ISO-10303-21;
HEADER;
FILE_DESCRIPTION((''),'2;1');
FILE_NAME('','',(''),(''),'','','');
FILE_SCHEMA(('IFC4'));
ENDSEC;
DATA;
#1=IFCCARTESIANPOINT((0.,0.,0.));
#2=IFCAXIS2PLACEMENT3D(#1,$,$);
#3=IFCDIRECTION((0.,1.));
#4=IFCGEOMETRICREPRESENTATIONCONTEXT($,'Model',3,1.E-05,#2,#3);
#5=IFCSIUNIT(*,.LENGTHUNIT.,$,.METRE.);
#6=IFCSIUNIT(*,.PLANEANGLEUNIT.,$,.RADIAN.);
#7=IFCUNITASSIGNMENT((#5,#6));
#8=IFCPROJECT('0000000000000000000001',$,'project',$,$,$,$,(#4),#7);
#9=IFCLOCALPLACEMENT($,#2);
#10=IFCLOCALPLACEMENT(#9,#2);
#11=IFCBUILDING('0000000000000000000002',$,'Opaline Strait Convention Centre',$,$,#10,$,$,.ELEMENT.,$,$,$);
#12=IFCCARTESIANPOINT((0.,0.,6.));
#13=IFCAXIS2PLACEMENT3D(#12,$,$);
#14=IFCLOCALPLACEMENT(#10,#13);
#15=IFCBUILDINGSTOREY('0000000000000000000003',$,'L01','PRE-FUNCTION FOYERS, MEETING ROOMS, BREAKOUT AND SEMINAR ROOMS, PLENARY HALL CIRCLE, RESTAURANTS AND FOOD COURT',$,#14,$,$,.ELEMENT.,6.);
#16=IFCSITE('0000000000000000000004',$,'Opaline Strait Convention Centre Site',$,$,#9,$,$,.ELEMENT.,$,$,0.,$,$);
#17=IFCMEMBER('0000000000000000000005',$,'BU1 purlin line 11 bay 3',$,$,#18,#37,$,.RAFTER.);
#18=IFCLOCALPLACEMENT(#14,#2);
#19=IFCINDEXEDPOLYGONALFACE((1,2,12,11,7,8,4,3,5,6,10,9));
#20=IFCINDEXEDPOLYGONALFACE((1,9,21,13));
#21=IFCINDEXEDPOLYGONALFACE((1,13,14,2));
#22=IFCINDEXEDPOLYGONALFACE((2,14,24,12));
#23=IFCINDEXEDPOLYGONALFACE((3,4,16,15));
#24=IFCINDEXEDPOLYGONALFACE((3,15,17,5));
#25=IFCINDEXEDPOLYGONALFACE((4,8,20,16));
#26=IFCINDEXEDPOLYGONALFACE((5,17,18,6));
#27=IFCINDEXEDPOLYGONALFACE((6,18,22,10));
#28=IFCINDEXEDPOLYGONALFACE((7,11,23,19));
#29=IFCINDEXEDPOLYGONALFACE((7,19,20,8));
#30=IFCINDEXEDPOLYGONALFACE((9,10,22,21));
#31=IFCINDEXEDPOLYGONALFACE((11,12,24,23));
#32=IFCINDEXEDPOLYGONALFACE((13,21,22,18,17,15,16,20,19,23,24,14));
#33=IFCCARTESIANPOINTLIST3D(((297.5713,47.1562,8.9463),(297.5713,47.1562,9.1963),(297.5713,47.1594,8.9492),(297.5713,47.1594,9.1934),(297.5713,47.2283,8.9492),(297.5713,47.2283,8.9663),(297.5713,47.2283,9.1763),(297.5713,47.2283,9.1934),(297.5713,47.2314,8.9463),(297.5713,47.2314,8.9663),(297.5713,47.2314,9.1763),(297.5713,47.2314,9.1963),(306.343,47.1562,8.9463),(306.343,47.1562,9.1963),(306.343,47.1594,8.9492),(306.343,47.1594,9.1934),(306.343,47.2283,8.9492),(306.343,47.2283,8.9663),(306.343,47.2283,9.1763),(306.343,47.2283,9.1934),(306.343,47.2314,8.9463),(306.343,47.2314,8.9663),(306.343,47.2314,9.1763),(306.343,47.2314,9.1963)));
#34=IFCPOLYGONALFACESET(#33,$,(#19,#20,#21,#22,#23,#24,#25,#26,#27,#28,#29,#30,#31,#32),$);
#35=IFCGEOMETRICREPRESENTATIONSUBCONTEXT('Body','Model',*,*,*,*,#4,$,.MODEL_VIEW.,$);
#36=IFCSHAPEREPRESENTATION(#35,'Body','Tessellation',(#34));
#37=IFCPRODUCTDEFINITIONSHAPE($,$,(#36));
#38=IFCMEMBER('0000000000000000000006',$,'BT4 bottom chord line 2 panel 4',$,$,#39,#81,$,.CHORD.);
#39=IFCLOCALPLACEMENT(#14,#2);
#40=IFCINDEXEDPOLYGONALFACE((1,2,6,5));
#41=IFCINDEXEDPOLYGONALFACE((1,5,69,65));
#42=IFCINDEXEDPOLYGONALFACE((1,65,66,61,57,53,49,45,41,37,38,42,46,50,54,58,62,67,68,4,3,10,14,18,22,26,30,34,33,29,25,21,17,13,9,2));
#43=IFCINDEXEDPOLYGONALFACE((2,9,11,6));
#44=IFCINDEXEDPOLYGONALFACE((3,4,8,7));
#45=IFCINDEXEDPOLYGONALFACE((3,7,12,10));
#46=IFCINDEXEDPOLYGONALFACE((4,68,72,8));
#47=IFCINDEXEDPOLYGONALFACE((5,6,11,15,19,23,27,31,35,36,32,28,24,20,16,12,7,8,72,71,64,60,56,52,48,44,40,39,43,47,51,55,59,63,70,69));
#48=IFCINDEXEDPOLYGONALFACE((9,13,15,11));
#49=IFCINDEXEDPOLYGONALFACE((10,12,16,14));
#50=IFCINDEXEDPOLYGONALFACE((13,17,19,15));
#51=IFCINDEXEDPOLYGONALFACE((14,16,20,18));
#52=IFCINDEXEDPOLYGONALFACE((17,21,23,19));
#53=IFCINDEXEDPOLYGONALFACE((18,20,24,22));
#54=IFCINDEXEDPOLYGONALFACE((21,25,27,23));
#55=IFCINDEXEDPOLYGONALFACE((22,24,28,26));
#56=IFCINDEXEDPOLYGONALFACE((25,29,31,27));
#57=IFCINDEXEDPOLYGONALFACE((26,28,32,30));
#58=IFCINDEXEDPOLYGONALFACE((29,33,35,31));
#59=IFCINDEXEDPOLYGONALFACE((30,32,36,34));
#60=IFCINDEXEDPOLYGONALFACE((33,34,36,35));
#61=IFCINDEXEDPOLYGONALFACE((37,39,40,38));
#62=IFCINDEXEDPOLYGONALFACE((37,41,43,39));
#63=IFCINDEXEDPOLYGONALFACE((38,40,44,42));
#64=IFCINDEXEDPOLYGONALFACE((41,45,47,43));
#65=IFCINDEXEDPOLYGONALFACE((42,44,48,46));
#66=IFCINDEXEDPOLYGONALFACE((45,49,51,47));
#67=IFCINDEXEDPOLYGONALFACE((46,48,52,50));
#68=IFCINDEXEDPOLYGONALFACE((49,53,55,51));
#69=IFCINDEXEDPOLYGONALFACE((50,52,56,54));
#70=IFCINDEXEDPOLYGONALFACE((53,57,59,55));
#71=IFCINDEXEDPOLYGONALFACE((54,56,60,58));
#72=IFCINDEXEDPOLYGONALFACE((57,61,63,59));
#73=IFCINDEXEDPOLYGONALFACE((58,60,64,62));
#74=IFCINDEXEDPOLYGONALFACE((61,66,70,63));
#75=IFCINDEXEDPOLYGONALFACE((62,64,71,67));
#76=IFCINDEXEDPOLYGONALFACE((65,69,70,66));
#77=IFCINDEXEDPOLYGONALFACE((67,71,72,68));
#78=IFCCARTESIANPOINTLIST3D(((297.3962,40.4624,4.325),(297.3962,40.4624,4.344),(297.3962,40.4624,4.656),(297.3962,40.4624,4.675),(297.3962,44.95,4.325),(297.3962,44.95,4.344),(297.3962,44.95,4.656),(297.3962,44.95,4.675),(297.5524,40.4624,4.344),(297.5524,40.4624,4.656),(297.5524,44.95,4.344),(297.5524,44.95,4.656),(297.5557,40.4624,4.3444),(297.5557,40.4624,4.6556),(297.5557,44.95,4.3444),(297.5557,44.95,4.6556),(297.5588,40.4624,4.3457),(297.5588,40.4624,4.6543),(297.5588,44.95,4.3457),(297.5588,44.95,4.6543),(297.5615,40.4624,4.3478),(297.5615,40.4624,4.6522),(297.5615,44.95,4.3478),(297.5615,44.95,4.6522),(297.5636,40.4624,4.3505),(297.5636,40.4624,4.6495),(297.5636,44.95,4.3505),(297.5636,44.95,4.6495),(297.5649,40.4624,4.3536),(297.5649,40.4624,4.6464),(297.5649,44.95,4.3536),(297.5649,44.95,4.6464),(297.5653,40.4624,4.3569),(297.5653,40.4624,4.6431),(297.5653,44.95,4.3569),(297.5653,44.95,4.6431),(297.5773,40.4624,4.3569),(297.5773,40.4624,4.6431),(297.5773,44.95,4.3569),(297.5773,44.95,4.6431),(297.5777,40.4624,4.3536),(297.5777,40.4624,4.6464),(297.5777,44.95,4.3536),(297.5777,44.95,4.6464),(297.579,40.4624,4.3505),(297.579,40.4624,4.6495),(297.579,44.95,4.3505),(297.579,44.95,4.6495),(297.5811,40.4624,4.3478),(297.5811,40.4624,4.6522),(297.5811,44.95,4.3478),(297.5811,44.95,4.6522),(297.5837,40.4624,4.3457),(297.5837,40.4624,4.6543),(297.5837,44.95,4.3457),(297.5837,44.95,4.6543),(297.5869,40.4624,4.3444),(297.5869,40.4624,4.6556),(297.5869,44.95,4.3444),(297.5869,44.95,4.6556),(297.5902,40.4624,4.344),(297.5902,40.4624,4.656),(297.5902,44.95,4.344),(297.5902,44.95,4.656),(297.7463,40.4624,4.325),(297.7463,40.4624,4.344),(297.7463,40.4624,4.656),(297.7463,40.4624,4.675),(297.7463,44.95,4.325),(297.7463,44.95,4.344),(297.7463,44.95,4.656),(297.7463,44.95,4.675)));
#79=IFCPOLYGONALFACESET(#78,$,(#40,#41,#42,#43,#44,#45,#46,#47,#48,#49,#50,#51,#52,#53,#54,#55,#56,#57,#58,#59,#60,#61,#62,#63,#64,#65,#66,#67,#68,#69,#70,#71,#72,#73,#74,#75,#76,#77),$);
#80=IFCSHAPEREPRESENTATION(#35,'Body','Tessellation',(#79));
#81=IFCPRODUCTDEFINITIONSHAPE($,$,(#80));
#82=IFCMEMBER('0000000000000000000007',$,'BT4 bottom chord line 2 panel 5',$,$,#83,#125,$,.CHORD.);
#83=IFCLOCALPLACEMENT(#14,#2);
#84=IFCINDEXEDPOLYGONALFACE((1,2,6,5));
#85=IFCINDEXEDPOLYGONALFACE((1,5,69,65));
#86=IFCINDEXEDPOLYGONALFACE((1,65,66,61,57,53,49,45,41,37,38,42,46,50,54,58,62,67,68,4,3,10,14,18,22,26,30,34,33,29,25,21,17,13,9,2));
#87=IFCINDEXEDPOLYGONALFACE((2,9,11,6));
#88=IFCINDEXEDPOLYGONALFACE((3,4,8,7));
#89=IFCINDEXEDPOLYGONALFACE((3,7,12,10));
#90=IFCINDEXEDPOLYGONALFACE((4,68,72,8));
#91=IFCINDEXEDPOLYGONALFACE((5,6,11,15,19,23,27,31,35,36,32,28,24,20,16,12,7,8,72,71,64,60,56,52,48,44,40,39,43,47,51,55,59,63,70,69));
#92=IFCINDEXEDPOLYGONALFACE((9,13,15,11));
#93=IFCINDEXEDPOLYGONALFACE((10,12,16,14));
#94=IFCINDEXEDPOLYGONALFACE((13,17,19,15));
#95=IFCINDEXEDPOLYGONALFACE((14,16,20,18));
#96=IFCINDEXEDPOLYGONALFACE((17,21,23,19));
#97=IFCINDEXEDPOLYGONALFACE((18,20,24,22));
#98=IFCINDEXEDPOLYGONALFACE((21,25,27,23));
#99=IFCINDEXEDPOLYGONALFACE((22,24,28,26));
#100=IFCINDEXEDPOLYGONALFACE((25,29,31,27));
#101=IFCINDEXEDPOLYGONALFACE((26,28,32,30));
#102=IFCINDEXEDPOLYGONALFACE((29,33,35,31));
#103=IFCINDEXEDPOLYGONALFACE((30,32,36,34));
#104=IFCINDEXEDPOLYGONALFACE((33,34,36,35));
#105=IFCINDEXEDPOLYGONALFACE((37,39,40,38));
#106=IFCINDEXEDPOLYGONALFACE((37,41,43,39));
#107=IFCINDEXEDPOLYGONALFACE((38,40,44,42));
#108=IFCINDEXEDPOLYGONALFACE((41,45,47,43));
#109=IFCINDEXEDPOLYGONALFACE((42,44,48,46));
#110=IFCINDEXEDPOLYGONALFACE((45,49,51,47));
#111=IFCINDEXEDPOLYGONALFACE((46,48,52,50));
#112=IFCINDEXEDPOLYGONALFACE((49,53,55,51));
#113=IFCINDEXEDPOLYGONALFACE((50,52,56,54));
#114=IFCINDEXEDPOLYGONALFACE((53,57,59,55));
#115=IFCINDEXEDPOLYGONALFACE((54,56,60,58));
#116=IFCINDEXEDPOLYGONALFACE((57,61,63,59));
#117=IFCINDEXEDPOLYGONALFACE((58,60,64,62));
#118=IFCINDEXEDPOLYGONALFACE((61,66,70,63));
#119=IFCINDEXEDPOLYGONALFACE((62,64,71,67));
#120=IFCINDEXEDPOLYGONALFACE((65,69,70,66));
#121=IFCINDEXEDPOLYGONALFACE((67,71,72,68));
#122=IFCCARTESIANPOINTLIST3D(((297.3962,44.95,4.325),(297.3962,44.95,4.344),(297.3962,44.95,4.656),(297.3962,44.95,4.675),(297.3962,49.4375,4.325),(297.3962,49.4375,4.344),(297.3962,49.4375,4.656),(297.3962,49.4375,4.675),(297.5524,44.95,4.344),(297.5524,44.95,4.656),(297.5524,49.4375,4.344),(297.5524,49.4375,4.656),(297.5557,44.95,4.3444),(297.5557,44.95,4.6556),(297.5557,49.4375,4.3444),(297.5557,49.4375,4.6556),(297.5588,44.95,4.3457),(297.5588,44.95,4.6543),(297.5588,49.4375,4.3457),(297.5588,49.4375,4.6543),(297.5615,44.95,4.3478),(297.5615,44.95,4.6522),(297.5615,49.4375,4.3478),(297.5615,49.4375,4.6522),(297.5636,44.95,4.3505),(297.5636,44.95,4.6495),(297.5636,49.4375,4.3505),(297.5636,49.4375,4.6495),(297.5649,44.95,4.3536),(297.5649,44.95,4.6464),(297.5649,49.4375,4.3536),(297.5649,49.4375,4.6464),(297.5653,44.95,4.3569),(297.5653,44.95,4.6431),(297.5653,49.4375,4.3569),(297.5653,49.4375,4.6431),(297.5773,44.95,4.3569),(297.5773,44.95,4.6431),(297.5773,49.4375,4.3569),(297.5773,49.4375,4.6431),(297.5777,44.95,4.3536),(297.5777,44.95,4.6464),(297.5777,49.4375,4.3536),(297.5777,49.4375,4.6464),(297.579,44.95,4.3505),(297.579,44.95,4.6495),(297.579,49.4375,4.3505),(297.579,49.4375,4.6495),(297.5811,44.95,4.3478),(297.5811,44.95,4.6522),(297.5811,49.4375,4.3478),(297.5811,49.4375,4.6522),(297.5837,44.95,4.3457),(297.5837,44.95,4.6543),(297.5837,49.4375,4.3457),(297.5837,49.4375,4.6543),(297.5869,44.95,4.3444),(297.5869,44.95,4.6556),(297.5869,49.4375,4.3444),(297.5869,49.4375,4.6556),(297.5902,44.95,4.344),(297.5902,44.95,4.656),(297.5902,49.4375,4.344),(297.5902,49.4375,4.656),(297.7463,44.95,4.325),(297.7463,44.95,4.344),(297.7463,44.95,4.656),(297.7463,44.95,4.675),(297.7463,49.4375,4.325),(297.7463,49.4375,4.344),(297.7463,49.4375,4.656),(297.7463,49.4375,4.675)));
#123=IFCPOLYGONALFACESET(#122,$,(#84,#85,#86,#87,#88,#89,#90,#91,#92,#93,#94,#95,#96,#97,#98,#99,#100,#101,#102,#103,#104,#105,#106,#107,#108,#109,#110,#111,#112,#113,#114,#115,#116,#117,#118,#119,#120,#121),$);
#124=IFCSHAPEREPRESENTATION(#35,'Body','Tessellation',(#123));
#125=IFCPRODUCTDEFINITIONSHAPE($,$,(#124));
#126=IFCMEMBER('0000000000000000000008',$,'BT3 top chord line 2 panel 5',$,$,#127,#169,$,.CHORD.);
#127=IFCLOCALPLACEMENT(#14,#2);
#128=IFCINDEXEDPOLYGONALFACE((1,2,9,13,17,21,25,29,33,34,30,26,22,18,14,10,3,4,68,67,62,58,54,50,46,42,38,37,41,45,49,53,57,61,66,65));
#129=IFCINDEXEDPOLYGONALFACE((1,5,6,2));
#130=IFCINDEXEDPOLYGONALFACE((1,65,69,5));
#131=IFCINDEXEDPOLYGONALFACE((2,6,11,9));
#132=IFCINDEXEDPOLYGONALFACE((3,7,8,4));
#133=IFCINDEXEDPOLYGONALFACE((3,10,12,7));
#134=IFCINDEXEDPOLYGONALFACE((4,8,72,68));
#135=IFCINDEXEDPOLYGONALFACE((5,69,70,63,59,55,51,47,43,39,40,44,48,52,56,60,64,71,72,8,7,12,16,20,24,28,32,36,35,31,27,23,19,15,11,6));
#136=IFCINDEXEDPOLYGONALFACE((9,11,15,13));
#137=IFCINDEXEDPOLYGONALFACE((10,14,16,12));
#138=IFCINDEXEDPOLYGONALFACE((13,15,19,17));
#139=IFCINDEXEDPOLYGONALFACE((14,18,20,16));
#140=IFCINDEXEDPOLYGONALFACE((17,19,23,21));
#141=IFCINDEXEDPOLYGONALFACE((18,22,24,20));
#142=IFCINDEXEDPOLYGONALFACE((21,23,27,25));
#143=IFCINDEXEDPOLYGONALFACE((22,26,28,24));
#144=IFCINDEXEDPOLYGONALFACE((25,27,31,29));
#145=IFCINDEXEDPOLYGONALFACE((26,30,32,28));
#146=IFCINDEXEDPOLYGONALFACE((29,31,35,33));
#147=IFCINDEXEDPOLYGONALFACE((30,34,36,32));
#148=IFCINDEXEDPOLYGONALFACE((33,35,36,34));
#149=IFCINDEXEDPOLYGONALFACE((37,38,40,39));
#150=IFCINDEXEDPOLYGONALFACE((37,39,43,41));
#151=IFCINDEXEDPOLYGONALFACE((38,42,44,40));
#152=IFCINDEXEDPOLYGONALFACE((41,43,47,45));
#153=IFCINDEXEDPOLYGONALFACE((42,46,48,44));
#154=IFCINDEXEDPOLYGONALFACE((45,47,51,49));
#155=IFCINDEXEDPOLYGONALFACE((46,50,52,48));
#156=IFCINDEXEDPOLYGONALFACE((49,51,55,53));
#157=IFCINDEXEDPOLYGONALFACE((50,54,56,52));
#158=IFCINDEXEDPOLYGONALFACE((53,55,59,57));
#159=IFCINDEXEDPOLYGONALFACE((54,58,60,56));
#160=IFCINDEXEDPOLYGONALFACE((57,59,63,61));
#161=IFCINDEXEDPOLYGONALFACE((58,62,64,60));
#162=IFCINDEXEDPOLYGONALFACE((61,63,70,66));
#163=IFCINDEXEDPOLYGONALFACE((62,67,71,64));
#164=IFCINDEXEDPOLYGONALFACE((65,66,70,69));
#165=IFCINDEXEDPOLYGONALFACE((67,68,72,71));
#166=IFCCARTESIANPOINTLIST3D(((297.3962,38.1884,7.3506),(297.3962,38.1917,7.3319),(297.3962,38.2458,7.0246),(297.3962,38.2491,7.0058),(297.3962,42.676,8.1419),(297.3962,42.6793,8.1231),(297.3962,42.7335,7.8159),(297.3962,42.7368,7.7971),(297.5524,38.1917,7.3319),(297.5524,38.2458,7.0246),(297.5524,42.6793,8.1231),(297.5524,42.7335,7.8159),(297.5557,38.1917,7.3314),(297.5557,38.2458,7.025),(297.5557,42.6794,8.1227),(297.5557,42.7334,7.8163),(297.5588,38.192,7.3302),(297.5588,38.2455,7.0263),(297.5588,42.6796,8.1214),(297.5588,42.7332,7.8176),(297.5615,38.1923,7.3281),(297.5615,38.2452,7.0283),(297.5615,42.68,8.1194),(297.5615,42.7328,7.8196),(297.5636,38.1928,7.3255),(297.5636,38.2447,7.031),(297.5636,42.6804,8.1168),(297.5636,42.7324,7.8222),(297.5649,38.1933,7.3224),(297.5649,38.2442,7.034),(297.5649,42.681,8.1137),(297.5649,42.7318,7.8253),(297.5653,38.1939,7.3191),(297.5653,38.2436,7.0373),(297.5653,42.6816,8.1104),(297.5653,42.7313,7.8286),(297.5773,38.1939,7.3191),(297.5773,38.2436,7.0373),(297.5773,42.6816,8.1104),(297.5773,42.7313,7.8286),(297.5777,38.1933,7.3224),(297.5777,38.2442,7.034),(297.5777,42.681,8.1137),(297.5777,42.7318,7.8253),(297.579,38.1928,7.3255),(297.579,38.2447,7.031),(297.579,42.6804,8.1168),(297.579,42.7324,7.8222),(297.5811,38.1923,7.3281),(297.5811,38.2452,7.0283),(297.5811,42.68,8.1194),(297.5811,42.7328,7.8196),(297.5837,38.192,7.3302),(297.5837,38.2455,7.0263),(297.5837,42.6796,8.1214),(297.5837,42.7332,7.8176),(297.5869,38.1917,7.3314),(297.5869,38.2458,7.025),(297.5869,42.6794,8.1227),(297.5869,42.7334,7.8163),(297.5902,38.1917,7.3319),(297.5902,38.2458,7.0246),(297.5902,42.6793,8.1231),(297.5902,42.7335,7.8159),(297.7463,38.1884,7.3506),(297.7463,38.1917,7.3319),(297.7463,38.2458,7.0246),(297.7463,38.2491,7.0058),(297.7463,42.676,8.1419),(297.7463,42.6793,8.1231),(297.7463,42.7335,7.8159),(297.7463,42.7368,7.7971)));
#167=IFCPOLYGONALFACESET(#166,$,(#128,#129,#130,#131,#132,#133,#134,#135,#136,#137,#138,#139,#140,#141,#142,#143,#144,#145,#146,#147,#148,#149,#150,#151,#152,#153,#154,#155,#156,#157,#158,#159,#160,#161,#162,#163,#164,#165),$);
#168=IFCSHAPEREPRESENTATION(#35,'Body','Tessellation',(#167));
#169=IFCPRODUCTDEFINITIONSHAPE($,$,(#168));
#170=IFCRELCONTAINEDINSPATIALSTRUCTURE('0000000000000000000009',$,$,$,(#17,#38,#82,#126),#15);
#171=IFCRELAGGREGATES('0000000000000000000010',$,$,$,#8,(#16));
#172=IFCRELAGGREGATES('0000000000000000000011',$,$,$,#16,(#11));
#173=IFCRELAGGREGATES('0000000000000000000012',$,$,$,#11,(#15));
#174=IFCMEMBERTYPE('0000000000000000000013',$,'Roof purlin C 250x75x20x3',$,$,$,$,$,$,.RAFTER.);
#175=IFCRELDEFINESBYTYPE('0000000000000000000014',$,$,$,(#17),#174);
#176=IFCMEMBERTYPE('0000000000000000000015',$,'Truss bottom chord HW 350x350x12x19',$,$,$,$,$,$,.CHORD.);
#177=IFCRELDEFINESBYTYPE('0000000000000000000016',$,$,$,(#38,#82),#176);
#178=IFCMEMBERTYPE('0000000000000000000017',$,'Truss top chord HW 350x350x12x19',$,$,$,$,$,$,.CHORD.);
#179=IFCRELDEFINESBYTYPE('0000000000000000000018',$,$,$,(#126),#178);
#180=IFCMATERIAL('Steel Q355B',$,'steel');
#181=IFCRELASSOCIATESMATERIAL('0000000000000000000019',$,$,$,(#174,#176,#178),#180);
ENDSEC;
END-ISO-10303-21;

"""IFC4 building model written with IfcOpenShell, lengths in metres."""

from ifc_helpers import new_model, si_unit, direction, frame, origin, origin_2d, place, context, subcontext, project, spatial, polyline, i_section, outline, extrude, material, material_profile, profile_set, type_object, element, save


model = new_model("IFC4")

# Units and contexts
model_context = context("Model", 3, precision=1e-05, world=origin(), true_north=direction((0.0, 1.0)))
body_context = subcontext(model_context, "Body", "Model", "MODEL_VIEW")
ifc_project = project(units=[si_unit("LENGTHUNIT", "METRE"), si_unit("PLANEANGLEUNIT", "RADIAN")], contexts=[model_context])

# Site, building, storey
site_placement = place(None, origin())
site = spatial("IfcSite", under=ifc_project, at=site_placement, Name="Opaline Strait Convention Centre Site", CompositionType="ELEMENT", RefElevation=0.0)
building_placement = place(site_placement, origin())
building = spatial("IfcBuilding", under=site, at=building_placement, Name="Opaline Strait Convention Centre", CompositionType="ELEMENT")
storey_placement = place(building_placement, frame((0.0, 0.0, 6.0)))
storey = spatial("IfcBuildingStorey", under=building, at=storey_placement, Name="L01", Description="PRE-FUNCTION FOYERS, MEETING ROOMS, BREAKOUT AND SEMINAR ROOMS, PLENARY HALL CIRCLE, RESTAURANTS AND FOOD COURT", CompositionType="ELEMENT", Elevation=6.0)

# Members
ifc_material_1 = material(Name="Steel Q355B", Category="steel")
ifc_material_profile_1 = material_profile(ifc_material_1, outline(polyline([(-0.0376, -0.125), (0.0376, -0.125), (0.0376, -0.105), (0.0344, -0.105), (0.0344, -0.1221), (-0.0344, -0.1221), (-0.0344, 0.1221), (0.0344, 0.1221), (0.0344, 0.105), (0.0376, 0.105), (0.0376, 0.125), (-0.0376, 0.125), (-0.0376, -0.125)])), Name="C 250x75x20x3")
ifc_profile_set_1 = profile_set([ifc_material_profile_1], Name="Steel Q355B")
member_type_1 = type_object("IfcMemberType", Name="Roof purlin C 250x75x20x3", PredefinedType="RAFTER", material=ifc_profile_set_1)
for number, where, z_axis, x_axis, name in (
    (1, (297.5713, 47.1938, 9.0713), (1.0, 0.0, 0.0), (0.0, 1.0, 0.0), "BU1 purlin line 11 bay 3"),
):
    element("IfcMember", number, at=place(storey_placement, frame(where, z_axis=z_axis, x_axis=x_axis)), inside=storey, type_object=member_type_1, Name=name, PredefinedType="RAFTER", context=body_context, shape_type="SweptSolid", body=[
        extrude(outline(polyline([(-0.0376, -0.125), (0.0376, -0.125), (0.0376, -0.105), (0.0344, -0.105), (0.0344, -0.1221), (-0.0344, -0.1221), (-0.0344, 0.1221), (0.0344, 0.1221), (0.0344, 0.105), (0.0376, 0.105), (0.0376, 0.125), (-0.0376, 0.125), (-0.0376, -0.125)])), origin(), (0.0, 0.0, 1.0), 8.7717),
    ])
ifc_material_profile_2 = material_profile(ifc_material_1, i_section(OverallWidth=0.3501, OverallDepth=0.3501, WebThickness=0.012, FlangeThickness=0.019, FilletRadius=0.0129, at=origin_2d()), Name="HW 350x350x12x19")
ifc_profile_set_2 = profile_set([ifc_material_profile_2], Name="Steel Q355B")
member_type_2 = type_object("IfcMemberType", Name="Truss bottom chord HW 350x350x12x19", PredefinedType="CHORD", material=ifc_profile_set_2)
for number, where, z_axis, x_axis, name in (
    (2, (297.5713, 40.4624, 4.5), (0.0, 1.0, 0.0), (-1.0, 0.0, 0.0), "BT4 bottom chord line 2 panel 4"),
    (3, (297.5713, 44.95, 4.5), (0.0, 1.0, 0.0), (-1.0, 0.0, 0.0), "BT4 bottom chord line 2 panel 5"),
):
    element("IfcMember", number, at=place(storey_placement, frame(where, z_axis=z_axis, x_axis=x_axis)), inside=storey, type_object=member_type_2, Name=name, PredefinedType="CHORD", context=body_context, shape_type="SweptSolid", body=[
        extrude(i_section(OverallWidth=0.3501, OverallDepth=0.3501, WebThickness=0.012, FlangeThickness=0.019, FilletRadius=0.0129, at=origin_2d()), origin(), (0.0, 0.0, 1.0), 4.4875),
    ])
ifc_material_profile_3 = material_profile(ifc_material_1, i_section(OverallWidth=0.3501, OverallDepth=0.3501, WebThickness=0.012, FlangeThickness=0.019, FilletRadius=0.0129, at=origin_2d()), Name="HW 350x350x12x19")
ifc_profile_set_3 = profile_set([ifc_material_profile_3], Name="Steel Q355B")
member_type_3 = type_object("IfcMemberType", Name="Truss top chord HW 350x350x12x19", PredefinedType="CHORD", material=ifc_profile_set_3)
for number, where, z_axis, x_axis, name in (
    (4, (297.5713, 38.2188, 7.1782), (0.0, 0.984808, 0.173645), (-1.0, 0.0, 0.0), "BT3 top chord line 2 panel 5"),
):
    element("IfcMember", number, at=place(storey_placement, frame(where, z_axis=z_axis, x_axis=x_axis)), inside=storey, type_object=member_type_3, Name=name, PredefinedType="CHORD", context=body_context, shape_type="SweptSolid", body=[
        extrude(i_section(OverallWidth=0.3501, OverallDepth=0.3501, WebThickness=0.012, FlangeThickness=0.019, FilletRadius=0.0129, at=origin_2d()), origin(), (0.0, 0.0, 1.0), 4.5569),
    ])

save(model, "model.ifc")
